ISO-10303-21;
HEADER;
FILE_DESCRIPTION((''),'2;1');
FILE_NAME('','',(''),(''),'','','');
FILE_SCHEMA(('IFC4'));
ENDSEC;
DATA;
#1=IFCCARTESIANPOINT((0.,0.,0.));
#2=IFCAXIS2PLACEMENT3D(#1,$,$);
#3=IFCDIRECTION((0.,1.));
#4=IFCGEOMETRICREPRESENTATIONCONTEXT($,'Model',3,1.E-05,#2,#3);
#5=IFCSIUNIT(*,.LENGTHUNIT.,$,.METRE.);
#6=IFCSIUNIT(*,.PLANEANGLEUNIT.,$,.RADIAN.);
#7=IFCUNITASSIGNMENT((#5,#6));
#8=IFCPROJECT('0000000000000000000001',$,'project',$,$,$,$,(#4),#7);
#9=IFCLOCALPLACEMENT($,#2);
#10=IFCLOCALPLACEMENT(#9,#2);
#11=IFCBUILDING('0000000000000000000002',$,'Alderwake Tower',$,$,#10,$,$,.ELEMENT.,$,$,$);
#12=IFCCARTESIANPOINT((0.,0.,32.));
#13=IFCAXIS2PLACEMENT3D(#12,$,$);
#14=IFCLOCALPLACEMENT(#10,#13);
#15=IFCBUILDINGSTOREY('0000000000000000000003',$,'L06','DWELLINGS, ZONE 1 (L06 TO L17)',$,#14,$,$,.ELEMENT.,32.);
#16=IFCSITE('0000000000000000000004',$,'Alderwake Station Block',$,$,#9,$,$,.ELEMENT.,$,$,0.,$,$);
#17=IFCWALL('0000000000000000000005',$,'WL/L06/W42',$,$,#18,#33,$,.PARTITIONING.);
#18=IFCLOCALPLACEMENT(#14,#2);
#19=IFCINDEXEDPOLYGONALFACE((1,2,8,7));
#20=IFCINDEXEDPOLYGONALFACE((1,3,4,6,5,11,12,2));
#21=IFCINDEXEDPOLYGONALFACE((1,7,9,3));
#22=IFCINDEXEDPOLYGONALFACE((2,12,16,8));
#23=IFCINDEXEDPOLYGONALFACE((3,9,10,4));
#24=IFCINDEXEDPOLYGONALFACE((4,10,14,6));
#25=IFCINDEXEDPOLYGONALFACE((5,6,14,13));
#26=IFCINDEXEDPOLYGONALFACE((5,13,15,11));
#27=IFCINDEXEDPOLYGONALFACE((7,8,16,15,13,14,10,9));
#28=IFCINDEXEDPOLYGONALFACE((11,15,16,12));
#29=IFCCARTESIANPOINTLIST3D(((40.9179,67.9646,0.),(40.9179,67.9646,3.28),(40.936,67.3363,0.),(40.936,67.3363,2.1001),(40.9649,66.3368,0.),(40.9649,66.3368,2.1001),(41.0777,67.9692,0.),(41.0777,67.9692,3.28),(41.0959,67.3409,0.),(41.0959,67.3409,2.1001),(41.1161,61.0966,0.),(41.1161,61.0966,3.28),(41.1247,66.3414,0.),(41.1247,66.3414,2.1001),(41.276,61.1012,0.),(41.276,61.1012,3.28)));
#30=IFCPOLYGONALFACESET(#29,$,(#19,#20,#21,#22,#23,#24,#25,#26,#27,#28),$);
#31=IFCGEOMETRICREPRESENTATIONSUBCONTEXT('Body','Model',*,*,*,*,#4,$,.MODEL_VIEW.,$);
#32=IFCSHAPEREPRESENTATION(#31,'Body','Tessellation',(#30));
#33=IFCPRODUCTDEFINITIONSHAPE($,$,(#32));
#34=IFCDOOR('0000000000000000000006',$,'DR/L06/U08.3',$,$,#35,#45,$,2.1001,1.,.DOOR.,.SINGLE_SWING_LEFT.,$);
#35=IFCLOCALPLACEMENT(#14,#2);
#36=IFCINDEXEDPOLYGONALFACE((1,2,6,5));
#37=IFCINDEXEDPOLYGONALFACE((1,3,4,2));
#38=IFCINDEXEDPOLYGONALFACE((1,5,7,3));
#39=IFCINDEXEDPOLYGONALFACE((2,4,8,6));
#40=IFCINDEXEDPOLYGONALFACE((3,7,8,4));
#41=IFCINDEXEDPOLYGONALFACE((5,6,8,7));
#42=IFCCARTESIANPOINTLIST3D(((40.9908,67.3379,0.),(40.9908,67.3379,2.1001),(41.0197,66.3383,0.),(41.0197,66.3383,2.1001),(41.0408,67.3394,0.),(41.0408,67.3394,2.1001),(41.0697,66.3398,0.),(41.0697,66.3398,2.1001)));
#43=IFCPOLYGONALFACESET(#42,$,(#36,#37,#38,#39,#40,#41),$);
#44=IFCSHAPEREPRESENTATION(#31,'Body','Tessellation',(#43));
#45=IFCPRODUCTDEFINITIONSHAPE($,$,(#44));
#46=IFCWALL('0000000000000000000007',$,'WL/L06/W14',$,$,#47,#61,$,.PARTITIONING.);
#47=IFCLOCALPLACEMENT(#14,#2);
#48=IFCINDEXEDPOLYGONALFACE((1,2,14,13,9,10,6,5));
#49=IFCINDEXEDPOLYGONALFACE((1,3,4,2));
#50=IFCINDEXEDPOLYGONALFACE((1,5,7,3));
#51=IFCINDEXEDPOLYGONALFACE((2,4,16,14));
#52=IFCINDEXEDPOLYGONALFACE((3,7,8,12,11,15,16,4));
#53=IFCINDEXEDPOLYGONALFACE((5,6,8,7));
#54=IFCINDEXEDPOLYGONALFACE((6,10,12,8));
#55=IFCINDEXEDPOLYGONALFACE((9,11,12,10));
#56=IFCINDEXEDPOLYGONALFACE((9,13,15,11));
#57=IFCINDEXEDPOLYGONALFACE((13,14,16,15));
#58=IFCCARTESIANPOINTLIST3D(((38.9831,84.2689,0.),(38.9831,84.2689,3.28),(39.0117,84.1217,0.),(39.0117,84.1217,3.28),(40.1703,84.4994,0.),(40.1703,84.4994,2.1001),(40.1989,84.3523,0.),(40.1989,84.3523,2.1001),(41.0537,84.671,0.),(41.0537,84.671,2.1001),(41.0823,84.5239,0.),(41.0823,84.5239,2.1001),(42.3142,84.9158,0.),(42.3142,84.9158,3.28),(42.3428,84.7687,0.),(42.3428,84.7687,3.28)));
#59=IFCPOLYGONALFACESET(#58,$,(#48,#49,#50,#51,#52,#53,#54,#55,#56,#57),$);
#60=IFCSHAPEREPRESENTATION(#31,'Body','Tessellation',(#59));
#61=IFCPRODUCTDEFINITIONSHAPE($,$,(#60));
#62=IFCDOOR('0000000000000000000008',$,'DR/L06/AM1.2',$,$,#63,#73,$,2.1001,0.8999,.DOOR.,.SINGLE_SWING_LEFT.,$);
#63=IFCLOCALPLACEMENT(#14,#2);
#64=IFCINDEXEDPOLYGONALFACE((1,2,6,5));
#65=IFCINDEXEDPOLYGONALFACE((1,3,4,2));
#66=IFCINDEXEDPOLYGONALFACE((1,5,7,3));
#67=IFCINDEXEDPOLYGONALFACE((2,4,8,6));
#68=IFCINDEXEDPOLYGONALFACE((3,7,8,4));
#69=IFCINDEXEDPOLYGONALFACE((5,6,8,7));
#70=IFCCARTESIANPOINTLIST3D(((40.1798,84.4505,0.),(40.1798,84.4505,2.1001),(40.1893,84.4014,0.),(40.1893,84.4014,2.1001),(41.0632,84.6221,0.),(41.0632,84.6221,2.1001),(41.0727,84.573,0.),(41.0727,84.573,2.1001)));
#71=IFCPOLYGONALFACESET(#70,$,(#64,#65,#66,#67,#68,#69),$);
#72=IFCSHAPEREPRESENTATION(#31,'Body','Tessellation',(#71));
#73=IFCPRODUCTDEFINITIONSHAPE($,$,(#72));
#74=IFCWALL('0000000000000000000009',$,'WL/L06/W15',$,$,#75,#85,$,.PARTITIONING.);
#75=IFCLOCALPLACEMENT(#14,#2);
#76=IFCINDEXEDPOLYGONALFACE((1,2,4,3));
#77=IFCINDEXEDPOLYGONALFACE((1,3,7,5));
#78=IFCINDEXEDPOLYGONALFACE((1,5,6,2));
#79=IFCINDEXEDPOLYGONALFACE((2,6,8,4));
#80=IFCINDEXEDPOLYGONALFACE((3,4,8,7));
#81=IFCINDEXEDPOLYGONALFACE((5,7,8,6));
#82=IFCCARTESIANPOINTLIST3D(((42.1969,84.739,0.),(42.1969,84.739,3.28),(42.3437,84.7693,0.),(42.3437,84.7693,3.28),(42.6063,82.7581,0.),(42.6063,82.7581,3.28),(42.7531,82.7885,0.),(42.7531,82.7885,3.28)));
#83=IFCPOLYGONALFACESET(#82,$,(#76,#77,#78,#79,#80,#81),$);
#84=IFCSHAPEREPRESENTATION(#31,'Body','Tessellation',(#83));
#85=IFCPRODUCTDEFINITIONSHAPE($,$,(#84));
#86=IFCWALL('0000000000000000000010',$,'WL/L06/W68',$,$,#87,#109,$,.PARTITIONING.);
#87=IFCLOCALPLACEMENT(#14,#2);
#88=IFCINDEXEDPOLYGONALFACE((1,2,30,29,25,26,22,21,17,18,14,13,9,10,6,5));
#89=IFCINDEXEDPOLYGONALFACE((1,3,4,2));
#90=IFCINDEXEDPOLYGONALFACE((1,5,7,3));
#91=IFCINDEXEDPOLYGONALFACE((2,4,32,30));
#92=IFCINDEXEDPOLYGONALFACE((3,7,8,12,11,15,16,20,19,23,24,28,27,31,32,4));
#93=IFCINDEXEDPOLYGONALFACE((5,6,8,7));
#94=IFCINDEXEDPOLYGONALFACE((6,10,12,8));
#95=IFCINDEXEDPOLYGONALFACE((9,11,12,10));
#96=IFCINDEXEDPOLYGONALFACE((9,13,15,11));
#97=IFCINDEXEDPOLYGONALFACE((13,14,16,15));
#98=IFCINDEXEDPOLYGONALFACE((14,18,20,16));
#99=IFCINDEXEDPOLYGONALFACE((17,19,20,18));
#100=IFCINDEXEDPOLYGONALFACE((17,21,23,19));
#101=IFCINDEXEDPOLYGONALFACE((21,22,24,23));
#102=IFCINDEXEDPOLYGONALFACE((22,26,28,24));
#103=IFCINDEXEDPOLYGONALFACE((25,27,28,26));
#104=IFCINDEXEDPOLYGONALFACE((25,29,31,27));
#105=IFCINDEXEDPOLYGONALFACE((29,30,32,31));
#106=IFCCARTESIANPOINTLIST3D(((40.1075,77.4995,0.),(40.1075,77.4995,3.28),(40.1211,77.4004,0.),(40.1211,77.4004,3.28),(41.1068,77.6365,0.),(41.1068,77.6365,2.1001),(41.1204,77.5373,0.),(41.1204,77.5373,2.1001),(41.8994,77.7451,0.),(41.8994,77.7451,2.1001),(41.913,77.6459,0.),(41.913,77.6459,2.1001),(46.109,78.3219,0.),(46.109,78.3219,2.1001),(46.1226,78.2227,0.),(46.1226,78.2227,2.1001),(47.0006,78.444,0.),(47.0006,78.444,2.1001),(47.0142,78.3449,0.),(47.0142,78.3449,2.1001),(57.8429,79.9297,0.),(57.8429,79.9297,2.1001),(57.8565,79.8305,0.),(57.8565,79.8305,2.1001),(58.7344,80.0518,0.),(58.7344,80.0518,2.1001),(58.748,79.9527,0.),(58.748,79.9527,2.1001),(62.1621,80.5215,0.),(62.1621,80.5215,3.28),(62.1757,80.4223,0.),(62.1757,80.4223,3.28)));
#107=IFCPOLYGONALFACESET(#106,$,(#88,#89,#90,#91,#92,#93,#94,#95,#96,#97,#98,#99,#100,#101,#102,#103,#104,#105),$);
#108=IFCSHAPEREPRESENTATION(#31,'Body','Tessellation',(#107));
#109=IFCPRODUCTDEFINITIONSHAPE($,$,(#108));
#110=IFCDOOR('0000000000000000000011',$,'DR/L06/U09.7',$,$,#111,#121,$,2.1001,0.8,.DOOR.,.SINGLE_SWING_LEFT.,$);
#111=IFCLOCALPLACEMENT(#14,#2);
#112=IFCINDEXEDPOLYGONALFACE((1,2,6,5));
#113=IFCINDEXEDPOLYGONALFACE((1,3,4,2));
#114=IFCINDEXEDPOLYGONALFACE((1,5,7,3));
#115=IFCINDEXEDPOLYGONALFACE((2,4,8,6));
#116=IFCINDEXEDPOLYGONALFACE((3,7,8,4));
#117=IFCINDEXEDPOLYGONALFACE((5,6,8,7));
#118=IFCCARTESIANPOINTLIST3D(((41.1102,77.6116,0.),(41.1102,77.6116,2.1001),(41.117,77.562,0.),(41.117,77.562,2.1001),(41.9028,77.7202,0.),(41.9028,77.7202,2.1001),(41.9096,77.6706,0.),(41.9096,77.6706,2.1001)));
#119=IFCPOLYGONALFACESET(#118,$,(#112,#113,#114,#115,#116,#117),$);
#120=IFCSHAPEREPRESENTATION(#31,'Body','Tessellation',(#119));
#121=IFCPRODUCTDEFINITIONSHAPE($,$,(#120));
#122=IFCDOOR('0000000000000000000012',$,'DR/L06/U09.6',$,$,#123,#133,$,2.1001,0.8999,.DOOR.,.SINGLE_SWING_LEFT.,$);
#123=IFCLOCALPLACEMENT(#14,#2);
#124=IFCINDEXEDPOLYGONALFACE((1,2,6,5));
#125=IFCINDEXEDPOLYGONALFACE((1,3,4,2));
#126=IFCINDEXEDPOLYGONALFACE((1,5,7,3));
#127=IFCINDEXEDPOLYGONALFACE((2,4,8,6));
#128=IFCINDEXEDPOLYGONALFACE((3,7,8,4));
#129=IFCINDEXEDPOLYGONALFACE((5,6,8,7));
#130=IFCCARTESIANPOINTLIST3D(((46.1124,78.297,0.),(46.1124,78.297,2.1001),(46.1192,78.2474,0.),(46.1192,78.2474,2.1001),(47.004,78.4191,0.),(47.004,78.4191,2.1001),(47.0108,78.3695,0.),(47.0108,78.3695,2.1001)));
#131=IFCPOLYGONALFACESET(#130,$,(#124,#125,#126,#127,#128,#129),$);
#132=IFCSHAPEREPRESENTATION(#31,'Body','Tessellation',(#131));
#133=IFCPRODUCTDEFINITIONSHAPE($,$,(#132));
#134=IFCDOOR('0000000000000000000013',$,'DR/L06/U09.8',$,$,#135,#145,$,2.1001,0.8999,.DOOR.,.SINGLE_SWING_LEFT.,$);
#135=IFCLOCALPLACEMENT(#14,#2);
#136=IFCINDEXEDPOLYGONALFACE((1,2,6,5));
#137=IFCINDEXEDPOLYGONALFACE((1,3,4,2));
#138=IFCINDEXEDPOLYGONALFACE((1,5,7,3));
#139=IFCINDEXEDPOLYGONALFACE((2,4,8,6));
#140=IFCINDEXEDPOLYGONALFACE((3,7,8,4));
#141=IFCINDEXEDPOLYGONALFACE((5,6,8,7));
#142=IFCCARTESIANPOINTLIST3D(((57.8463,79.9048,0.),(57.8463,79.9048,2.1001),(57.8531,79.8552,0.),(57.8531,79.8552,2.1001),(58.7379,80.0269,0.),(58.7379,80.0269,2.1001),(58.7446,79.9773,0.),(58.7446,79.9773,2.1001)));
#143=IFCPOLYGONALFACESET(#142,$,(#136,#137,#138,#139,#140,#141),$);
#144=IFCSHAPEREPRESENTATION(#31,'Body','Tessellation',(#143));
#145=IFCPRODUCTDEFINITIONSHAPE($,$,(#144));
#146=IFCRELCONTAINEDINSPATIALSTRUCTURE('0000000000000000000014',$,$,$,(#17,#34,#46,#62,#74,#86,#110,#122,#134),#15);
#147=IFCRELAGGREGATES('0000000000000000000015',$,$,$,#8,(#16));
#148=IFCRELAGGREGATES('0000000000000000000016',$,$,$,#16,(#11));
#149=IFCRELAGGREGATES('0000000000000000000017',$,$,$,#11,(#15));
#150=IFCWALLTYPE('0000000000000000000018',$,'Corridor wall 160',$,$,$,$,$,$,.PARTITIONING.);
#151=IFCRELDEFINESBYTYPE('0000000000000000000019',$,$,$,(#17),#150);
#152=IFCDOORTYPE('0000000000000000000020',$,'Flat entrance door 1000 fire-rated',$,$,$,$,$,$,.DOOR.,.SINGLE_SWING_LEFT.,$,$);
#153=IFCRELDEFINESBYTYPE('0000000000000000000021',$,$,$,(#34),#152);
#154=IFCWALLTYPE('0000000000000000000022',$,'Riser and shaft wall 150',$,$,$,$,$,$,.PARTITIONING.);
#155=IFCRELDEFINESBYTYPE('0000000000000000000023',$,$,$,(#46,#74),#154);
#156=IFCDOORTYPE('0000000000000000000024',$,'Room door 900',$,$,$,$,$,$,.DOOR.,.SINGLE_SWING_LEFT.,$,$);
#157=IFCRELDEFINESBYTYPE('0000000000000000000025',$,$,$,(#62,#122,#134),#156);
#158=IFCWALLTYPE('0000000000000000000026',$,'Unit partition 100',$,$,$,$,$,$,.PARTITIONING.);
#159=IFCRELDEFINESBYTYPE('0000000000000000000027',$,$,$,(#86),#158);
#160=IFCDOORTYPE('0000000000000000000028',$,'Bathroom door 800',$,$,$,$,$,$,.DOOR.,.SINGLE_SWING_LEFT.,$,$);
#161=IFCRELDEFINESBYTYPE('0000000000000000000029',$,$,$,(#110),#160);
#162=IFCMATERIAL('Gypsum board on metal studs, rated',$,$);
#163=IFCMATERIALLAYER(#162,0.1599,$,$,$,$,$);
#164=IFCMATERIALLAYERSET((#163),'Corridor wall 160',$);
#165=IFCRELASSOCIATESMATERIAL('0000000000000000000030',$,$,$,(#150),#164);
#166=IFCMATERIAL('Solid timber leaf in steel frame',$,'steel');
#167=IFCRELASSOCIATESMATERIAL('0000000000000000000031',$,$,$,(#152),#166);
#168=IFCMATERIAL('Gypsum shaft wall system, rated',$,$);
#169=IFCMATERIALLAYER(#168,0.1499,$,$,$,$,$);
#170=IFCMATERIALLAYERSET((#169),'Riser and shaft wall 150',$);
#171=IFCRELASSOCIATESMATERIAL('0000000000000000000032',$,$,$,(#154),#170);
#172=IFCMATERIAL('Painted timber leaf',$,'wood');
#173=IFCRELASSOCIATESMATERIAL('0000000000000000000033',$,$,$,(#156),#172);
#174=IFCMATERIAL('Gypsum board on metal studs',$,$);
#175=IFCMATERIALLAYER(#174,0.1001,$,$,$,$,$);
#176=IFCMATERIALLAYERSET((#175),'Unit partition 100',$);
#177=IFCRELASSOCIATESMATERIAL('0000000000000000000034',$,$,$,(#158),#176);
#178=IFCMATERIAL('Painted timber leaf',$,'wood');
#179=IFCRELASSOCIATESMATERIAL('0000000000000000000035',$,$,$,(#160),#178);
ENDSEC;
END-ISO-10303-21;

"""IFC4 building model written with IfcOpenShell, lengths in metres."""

from ifc_helpers import new_model, si_unit, direction, frame, frame_2d, origin, place, context, subcontext, project, spatial, rectangle, extrude, material, layer, layer_set, type_object, element, fill, save


model = new_model("IFC4")

# Units and contexts
model_context = context("Model", 3, precision=1e-05, world=origin(), true_north=direction((0.0, 1.0)))
body_context = subcontext(model_context, "Body", "Model", "MODEL_VIEW")
ifc_project = project(units=[si_unit("LENGTHUNIT", "METRE"), si_unit("PLANEANGLEUNIT", "RADIAN")], contexts=[model_context])

# Site, building, storey
site_placement = place(None, origin())
site = spatial("IfcSite", under=ifc_project, at=site_placement, Name="Alderwake Station Block", CompositionType="ELEMENT", RefElevation=0.0)
building_placement = place(site_placement, origin())
building = spatial("IfcBuilding", under=site, at=building_placement, Name="Alderwake Tower", CompositionType="ELEMENT")
storey_placement = place(building_placement, frame((0.0, 0.0, 32.0)))
storey = spatial("IfcBuildingStorey", under=building, at=storey_placement, Name="L06", Description="DWELLINGS, ZONE 1 (L06 TO L17)", CompositionType="ELEMENT", Elevation=32.0)

# Shared definitions
ifc_material_1 = material(Name="Gypsum board on metal studs, rated")
ifc_layer_1 = layer(ifc_material_1, 0.1599)
ifc_layer_set_1 = layer_set([ifc_layer_1], Name="Corridor wall 160")
wall_type_1 = type_object("IfcWallType", Name="Corridor wall 160", PredefinedType="PARTITIONING", material=ifc_layer_set_1)

# Walls, openings, doors
ifc_material_2 = material(Name="Solid timber leaf in steel frame", Category="steel")
door_type_1 = type_object("IfcDoorType", Name="Flat entrance door 1000 fire-rated", OperationType="SINGLE_SWING_LEFT", PredefinedType="DOOR", material=ifc_material_2)
wall_1_placement = place(storey_placement, frame((40.9978, 67.967, 0.0), z_axis=(0.0, 0.0, 1.0), x_axis=(0.028853, -0.999584, 0.0)))
wall_1 = element("IfcWall", 1, at=wall_1_placement, inside=storey, type_object=wall_type_1, Name="WL/L06/W42", PredefinedType="PARTITIONING", context=body_context, shape_type="SweptSolid", body=[
    extrude(rectangle(XDim=6.8708, YDim=0.1599, at=frame_2d((3.4355, 0.0))), origin(), (0.0, 0.0, 1.0), 3.28),
])
opening_1_placement = place(wall_1_placement, frame((0.6287, 0.0, 0.0)))
opening_1 = element("IfcOpeningElement", 2, at=opening_1_placement, cuts=wall_1, PredefinedType="OPENING", context=body_context, shape_type="SweptSolid", body=[
    extrude(rectangle(XDim=1.0, YDim=2.1001, at=frame_2d((0.5, 1.05))), frame((0.0, 0.0898, 0.0), z_axis=(0.0, -1.0, 0.0), x_axis=(1.0, 0.0, 0.0)), (0.0, 0.0, 1.0), 0.1799),
])
door_1_placement = place(opening_1_placement, origin())
door_1 = element("IfcDoor", 3, at=door_1_placement, inside=storey, type_object=door_type_1, Name="DR/L06/U08.3", OperationType="SINGLE_SWING_LEFT", OverallHeight=2.1001, OverallWidth=1.0, PredefinedType="DOOR", context=body_context, shape_type="SweptSolid", body=[
    extrude(rectangle(XDim=1.0, YDim=2.1001, at=frame_2d((0.5, 1.05))), frame((0.0, 0.0249, 0.0), z_axis=(0.0, -1.0, 0.0), x_axis=(1.0, 0.0, 0.0)), (0.0, 0.0, 1.0), 0.05),
])
fill(opening_1, door_1)
ifc_material_3 = material(Name="Gypsum shaft wall system, rated")
ifc_layer_2 = layer(ifc_material_3, 0.1499)
ifc_layer_set_2 = layer_set([ifc_layer_2], Name="Riser and shaft wall 150")
wall_type_2 = type_object("IfcWallType", Name="Riser and shaft wall 150", PredefinedType="PARTITIONING", material=ifc_layer_set_2)
wall_2_placement = place(storey_placement, frame((42.3286, 84.8423, 0.0), z_axis=(0.0, 0.0, 1.0), x_axis=(-0.981656, -0.190662, 0.0)))
wall_2 = element("IfcWall", 4, at=wall_2_placement, inside=storey, type_object=wall_type_2, Name="WL/L06/W14", PredefinedType="PARTITIONING", context=body_context, shape_type="SweptSolid", body=[
    extrude(rectangle(XDim=3.3933, YDim=0.1499, at=frame_2d((1.6968, 0.0))), origin(), (0.0, 0.0, 1.0), 3.28),
])
opening_2_placement = place(wall_2_placement, frame((1.2842, 0.0, 0.0)))
opening_2 = element("IfcOpeningElement", 5, at=opening_2_placement, cuts=wall_2, PredefinedType="OPENING", context=body_context, shape_type="SweptSolid", body=[
    extrude(rectangle(XDim=0.8999, YDim=2.1001, at=frame_2d((0.45, 1.05))), frame((0.0, 0.085, 0.0), z_axis=(0.0, -1.0, 0.0), x_axis=(1.0, 0.0, 0.0)), (0.0, 0.0, 1.0), 0.1699),
])
ifc_material_4 = material(Name="Painted timber leaf", Category="wood")
door_type_2 = type_object("IfcDoorType", Name="Room door 900", OperationType="SINGLE_SWING_LEFT", PredefinedType="DOOR", material=ifc_material_4)
door_2_placement = place(opening_2_placement, origin())
door_2 = element("IfcDoor", 6, at=door_2_placement, inside=storey, type_object=door_type_2, Name="DR/L06/AM1.2", OperationType="SINGLE_SWING_LEFT", OverallHeight=2.1001, OverallWidth=0.8999, PredefinedType="DOOR", context=body_context, shape_type="SweptSolid", body=[
    extrude(rectangle(XDim=0.8999, YDim=2.1001, at=frame_2d((0.45, 1.05))), frame((0.0, 0.0249, 0.0), z_axis=(0.0, -1.0, 0.0), x_axis=(1.0, 0.0, 0.0)), (0.0, 0.0, 1.0), 0.05),
])
fill(opening_2, door_2)

# Wall
wall_3_placement = place(storey_placement, frame((42.6797, 82.7734, 0.0), z_axis=(0.0, 0.0, 1.0), x_axis=(-0.202402, 0.979303, 0.0)))
element("IfcWall", 7, at=wall_3_placement, inside=storey, type_object=wall_type_2, Name="WL/L06/W15", PredefinedType="PARTITIONING", context=body_context, shape_type="SweptSolid", body=[
    extrude(rectangle(XDim=2.0227, YDim=0.1499, at=frame_2d((1.0112, 0.0))), origin(), (0.0, 0.0, 1.0), 3.28),
])

# Wall, openings, doors
ifc_material_5 = material(Name="Gypsum board on metal studs")
ifc_layer_3 = layer(ifc_material_5, 0.1001)
ifc_layer_set_3 = layer_set([ifc_layer_3], Name="Unit partition 100")
wall_type_3 = type_object("IfcWallType", Name="Unit partition 100", PredefinedType="PARTITIONING", material=ifc_layer_set_3)
wall_4_placement = place(storey_placement, frame((40.1143, 77.45, 0.0), z_axis=(0.0, 0.0, 1.0), x_axis=(0.990743, 0.135753, 0.0)))
wall_4 = element("IfcWall", 8, at=wall_4_placement, inside=storey, type_object=wall_type_3, Name="WL/L06/W68", PredefinedType="PARTITIONING", context=body_context, shape_type="SweptSolid", body=[
    extrude(rectangle(XDim=22.2607, YDim=0.1001, at=frame_2d((11.1304, 0.0))), origin(), (0.0, 0.0, 1.0), 3.28),
])
opening_3_placement = place(wall_4_placement, frame((6.0576, 0.0, 0.0)))
opening_3 = element("IfcOpeningElement", 9, at=opening_3_placement, cuts=wall_4, PredefinedType="OPENING", context=body_context, shape_type="SweptSolid", body=[
    extrude(rectangle(XDim=0.8999, YDim=2.1001, at=frame_2d((0.45, 1.05))), frame((0.0, 0.0601, 0.0), z_axis=(0.0, -1.0, 0.0), x_axis=(1.0, 0.0, 0.0)), (0.0, 0.0, 1.0), 0.1201),
])
opening_4_placement = place(wall_4_placement, frame((1.0088, 0.0, 0.0)))
opening_4 = element("IfcOpeningElement", 10, at=opening_4_placement, cuts=wall_4, PredefinedType="OPENING", context=body_context, shape_type="SweptSolid", body=[
    extrude(rectangle(XDim=0.8, YDim=2.1001, at=frame_2d((0.3999, 1.05))), frame((0.0, 0.0601, 0.0), z_axis=(0.0, -1.0, 0.0), x_axis=(1.0, 0.0, 0.0)), (0.0, 0.0, 1.0), 0.1201),
])
opening_5_placement = place(wall_4_placement, frame((17.9011, 0.0, 0.0)))
opening_5 = element("IfcOpeningElement", 11, at=opening_5_placement, cuts=wall_4, PredefinedType="OPENING", context=body_context, shape_type="SweptSolid", body=[
    extrude(rectangle(XDim=0.8999, YDim=2.1001, at=frame_2d((0.45, 1.05))), frame((0.0, 0.0601, 0.0), z_axis=(0.0, -1.0, 0.0), x_axis=(1.0, 0.0, 0.0)), (0.0, 0.0, 1.0), 0.1201),
])
ifc_material_6 = material(Name="Painted timber leaf", Category="wood")
door_type_3 = type_object("IfcDoorType", Name="Bathroom door 800", OperationType="SINGLE_SWING_LEFT", PredefinedType="DOOR", material=ifc_material_6)
door_3_placement = place(opening_4_placement, origin())
door_3 = element("IfcDoor", 12, at=door_3_placement, inside=storey, type_object=door_type_3, Name="DR/L06/U09.7", OperationType="SINGLE_SWING_LEFT", OverallHeight=2.1001, OverallWidth=0.8, PredefinedType="DOOR", context=body_context, shape_type="SweptSolid", body=[
    extrude(rectangle(XDim=0.8, YDim=2.1001, at=frame_2d((0.3999, 1.05))), frame((0.0, 0.0249, 0.0), z_axis=(0.0, -1.0, 0.0), x_axis=(1.0, 0.0, 0.0)), (0.0, 0.0, 1.0), 0.05),
])
fill(opening_4, door_3)
door_4_placement = place(opening_3_placement, origin())
door_4 = element("IfcDoor", 13, at=door_4_placement, inside=storey, type_object=door_type_2, Name="DR/L06/U09.6", OperationType="SINGLE_SWING_LEFT", OverallHeight=2.1001, OverallWidth=0.8999, PredefinedType="DOOR", context=body_context, shape_type="SweptSolid", body=[
    extrude(rectangle(XDim=0.8999, YDim=2.1001, at=frame_2d((0.45, 1.05))), frame((0.0, 0.0249, 0.0), z_axis=(0.0, -1.0, 0.0), x_axis=(1.0, 0.0, 0.0)), (0.0, 0.0, 1.0), 0.05),
])
fill(opening_3, door_4)
door_5_placement = place(opening_5_placement, origin())
door_5 = element("IfcDoor", 14, at=door_5_placement, inside=storey, type_object=door_type_2, Name="DR/L06/U09.8", OperationType="SINGLE_SWING_LEFT", OverallHeight=2.1001, OverallWidth=0.8999, PredefinedType="DOOR", context=body_context, shape_type="SweptSolid", body=[
    extrude(rectangle(XDim=0.8999, YDim=2.1001, at=frame_2d((0.45, 1.05))), frame((0.0, 0.0249, 0.0), z_axis=(0.0, -1.0, 0.0), x_axis=(1.0, 0.0, 0.0)), (0.0, 0.0, 1.0), 0.05),
])
fill(opening_5, door_5)

save(model, "model.ifc")
